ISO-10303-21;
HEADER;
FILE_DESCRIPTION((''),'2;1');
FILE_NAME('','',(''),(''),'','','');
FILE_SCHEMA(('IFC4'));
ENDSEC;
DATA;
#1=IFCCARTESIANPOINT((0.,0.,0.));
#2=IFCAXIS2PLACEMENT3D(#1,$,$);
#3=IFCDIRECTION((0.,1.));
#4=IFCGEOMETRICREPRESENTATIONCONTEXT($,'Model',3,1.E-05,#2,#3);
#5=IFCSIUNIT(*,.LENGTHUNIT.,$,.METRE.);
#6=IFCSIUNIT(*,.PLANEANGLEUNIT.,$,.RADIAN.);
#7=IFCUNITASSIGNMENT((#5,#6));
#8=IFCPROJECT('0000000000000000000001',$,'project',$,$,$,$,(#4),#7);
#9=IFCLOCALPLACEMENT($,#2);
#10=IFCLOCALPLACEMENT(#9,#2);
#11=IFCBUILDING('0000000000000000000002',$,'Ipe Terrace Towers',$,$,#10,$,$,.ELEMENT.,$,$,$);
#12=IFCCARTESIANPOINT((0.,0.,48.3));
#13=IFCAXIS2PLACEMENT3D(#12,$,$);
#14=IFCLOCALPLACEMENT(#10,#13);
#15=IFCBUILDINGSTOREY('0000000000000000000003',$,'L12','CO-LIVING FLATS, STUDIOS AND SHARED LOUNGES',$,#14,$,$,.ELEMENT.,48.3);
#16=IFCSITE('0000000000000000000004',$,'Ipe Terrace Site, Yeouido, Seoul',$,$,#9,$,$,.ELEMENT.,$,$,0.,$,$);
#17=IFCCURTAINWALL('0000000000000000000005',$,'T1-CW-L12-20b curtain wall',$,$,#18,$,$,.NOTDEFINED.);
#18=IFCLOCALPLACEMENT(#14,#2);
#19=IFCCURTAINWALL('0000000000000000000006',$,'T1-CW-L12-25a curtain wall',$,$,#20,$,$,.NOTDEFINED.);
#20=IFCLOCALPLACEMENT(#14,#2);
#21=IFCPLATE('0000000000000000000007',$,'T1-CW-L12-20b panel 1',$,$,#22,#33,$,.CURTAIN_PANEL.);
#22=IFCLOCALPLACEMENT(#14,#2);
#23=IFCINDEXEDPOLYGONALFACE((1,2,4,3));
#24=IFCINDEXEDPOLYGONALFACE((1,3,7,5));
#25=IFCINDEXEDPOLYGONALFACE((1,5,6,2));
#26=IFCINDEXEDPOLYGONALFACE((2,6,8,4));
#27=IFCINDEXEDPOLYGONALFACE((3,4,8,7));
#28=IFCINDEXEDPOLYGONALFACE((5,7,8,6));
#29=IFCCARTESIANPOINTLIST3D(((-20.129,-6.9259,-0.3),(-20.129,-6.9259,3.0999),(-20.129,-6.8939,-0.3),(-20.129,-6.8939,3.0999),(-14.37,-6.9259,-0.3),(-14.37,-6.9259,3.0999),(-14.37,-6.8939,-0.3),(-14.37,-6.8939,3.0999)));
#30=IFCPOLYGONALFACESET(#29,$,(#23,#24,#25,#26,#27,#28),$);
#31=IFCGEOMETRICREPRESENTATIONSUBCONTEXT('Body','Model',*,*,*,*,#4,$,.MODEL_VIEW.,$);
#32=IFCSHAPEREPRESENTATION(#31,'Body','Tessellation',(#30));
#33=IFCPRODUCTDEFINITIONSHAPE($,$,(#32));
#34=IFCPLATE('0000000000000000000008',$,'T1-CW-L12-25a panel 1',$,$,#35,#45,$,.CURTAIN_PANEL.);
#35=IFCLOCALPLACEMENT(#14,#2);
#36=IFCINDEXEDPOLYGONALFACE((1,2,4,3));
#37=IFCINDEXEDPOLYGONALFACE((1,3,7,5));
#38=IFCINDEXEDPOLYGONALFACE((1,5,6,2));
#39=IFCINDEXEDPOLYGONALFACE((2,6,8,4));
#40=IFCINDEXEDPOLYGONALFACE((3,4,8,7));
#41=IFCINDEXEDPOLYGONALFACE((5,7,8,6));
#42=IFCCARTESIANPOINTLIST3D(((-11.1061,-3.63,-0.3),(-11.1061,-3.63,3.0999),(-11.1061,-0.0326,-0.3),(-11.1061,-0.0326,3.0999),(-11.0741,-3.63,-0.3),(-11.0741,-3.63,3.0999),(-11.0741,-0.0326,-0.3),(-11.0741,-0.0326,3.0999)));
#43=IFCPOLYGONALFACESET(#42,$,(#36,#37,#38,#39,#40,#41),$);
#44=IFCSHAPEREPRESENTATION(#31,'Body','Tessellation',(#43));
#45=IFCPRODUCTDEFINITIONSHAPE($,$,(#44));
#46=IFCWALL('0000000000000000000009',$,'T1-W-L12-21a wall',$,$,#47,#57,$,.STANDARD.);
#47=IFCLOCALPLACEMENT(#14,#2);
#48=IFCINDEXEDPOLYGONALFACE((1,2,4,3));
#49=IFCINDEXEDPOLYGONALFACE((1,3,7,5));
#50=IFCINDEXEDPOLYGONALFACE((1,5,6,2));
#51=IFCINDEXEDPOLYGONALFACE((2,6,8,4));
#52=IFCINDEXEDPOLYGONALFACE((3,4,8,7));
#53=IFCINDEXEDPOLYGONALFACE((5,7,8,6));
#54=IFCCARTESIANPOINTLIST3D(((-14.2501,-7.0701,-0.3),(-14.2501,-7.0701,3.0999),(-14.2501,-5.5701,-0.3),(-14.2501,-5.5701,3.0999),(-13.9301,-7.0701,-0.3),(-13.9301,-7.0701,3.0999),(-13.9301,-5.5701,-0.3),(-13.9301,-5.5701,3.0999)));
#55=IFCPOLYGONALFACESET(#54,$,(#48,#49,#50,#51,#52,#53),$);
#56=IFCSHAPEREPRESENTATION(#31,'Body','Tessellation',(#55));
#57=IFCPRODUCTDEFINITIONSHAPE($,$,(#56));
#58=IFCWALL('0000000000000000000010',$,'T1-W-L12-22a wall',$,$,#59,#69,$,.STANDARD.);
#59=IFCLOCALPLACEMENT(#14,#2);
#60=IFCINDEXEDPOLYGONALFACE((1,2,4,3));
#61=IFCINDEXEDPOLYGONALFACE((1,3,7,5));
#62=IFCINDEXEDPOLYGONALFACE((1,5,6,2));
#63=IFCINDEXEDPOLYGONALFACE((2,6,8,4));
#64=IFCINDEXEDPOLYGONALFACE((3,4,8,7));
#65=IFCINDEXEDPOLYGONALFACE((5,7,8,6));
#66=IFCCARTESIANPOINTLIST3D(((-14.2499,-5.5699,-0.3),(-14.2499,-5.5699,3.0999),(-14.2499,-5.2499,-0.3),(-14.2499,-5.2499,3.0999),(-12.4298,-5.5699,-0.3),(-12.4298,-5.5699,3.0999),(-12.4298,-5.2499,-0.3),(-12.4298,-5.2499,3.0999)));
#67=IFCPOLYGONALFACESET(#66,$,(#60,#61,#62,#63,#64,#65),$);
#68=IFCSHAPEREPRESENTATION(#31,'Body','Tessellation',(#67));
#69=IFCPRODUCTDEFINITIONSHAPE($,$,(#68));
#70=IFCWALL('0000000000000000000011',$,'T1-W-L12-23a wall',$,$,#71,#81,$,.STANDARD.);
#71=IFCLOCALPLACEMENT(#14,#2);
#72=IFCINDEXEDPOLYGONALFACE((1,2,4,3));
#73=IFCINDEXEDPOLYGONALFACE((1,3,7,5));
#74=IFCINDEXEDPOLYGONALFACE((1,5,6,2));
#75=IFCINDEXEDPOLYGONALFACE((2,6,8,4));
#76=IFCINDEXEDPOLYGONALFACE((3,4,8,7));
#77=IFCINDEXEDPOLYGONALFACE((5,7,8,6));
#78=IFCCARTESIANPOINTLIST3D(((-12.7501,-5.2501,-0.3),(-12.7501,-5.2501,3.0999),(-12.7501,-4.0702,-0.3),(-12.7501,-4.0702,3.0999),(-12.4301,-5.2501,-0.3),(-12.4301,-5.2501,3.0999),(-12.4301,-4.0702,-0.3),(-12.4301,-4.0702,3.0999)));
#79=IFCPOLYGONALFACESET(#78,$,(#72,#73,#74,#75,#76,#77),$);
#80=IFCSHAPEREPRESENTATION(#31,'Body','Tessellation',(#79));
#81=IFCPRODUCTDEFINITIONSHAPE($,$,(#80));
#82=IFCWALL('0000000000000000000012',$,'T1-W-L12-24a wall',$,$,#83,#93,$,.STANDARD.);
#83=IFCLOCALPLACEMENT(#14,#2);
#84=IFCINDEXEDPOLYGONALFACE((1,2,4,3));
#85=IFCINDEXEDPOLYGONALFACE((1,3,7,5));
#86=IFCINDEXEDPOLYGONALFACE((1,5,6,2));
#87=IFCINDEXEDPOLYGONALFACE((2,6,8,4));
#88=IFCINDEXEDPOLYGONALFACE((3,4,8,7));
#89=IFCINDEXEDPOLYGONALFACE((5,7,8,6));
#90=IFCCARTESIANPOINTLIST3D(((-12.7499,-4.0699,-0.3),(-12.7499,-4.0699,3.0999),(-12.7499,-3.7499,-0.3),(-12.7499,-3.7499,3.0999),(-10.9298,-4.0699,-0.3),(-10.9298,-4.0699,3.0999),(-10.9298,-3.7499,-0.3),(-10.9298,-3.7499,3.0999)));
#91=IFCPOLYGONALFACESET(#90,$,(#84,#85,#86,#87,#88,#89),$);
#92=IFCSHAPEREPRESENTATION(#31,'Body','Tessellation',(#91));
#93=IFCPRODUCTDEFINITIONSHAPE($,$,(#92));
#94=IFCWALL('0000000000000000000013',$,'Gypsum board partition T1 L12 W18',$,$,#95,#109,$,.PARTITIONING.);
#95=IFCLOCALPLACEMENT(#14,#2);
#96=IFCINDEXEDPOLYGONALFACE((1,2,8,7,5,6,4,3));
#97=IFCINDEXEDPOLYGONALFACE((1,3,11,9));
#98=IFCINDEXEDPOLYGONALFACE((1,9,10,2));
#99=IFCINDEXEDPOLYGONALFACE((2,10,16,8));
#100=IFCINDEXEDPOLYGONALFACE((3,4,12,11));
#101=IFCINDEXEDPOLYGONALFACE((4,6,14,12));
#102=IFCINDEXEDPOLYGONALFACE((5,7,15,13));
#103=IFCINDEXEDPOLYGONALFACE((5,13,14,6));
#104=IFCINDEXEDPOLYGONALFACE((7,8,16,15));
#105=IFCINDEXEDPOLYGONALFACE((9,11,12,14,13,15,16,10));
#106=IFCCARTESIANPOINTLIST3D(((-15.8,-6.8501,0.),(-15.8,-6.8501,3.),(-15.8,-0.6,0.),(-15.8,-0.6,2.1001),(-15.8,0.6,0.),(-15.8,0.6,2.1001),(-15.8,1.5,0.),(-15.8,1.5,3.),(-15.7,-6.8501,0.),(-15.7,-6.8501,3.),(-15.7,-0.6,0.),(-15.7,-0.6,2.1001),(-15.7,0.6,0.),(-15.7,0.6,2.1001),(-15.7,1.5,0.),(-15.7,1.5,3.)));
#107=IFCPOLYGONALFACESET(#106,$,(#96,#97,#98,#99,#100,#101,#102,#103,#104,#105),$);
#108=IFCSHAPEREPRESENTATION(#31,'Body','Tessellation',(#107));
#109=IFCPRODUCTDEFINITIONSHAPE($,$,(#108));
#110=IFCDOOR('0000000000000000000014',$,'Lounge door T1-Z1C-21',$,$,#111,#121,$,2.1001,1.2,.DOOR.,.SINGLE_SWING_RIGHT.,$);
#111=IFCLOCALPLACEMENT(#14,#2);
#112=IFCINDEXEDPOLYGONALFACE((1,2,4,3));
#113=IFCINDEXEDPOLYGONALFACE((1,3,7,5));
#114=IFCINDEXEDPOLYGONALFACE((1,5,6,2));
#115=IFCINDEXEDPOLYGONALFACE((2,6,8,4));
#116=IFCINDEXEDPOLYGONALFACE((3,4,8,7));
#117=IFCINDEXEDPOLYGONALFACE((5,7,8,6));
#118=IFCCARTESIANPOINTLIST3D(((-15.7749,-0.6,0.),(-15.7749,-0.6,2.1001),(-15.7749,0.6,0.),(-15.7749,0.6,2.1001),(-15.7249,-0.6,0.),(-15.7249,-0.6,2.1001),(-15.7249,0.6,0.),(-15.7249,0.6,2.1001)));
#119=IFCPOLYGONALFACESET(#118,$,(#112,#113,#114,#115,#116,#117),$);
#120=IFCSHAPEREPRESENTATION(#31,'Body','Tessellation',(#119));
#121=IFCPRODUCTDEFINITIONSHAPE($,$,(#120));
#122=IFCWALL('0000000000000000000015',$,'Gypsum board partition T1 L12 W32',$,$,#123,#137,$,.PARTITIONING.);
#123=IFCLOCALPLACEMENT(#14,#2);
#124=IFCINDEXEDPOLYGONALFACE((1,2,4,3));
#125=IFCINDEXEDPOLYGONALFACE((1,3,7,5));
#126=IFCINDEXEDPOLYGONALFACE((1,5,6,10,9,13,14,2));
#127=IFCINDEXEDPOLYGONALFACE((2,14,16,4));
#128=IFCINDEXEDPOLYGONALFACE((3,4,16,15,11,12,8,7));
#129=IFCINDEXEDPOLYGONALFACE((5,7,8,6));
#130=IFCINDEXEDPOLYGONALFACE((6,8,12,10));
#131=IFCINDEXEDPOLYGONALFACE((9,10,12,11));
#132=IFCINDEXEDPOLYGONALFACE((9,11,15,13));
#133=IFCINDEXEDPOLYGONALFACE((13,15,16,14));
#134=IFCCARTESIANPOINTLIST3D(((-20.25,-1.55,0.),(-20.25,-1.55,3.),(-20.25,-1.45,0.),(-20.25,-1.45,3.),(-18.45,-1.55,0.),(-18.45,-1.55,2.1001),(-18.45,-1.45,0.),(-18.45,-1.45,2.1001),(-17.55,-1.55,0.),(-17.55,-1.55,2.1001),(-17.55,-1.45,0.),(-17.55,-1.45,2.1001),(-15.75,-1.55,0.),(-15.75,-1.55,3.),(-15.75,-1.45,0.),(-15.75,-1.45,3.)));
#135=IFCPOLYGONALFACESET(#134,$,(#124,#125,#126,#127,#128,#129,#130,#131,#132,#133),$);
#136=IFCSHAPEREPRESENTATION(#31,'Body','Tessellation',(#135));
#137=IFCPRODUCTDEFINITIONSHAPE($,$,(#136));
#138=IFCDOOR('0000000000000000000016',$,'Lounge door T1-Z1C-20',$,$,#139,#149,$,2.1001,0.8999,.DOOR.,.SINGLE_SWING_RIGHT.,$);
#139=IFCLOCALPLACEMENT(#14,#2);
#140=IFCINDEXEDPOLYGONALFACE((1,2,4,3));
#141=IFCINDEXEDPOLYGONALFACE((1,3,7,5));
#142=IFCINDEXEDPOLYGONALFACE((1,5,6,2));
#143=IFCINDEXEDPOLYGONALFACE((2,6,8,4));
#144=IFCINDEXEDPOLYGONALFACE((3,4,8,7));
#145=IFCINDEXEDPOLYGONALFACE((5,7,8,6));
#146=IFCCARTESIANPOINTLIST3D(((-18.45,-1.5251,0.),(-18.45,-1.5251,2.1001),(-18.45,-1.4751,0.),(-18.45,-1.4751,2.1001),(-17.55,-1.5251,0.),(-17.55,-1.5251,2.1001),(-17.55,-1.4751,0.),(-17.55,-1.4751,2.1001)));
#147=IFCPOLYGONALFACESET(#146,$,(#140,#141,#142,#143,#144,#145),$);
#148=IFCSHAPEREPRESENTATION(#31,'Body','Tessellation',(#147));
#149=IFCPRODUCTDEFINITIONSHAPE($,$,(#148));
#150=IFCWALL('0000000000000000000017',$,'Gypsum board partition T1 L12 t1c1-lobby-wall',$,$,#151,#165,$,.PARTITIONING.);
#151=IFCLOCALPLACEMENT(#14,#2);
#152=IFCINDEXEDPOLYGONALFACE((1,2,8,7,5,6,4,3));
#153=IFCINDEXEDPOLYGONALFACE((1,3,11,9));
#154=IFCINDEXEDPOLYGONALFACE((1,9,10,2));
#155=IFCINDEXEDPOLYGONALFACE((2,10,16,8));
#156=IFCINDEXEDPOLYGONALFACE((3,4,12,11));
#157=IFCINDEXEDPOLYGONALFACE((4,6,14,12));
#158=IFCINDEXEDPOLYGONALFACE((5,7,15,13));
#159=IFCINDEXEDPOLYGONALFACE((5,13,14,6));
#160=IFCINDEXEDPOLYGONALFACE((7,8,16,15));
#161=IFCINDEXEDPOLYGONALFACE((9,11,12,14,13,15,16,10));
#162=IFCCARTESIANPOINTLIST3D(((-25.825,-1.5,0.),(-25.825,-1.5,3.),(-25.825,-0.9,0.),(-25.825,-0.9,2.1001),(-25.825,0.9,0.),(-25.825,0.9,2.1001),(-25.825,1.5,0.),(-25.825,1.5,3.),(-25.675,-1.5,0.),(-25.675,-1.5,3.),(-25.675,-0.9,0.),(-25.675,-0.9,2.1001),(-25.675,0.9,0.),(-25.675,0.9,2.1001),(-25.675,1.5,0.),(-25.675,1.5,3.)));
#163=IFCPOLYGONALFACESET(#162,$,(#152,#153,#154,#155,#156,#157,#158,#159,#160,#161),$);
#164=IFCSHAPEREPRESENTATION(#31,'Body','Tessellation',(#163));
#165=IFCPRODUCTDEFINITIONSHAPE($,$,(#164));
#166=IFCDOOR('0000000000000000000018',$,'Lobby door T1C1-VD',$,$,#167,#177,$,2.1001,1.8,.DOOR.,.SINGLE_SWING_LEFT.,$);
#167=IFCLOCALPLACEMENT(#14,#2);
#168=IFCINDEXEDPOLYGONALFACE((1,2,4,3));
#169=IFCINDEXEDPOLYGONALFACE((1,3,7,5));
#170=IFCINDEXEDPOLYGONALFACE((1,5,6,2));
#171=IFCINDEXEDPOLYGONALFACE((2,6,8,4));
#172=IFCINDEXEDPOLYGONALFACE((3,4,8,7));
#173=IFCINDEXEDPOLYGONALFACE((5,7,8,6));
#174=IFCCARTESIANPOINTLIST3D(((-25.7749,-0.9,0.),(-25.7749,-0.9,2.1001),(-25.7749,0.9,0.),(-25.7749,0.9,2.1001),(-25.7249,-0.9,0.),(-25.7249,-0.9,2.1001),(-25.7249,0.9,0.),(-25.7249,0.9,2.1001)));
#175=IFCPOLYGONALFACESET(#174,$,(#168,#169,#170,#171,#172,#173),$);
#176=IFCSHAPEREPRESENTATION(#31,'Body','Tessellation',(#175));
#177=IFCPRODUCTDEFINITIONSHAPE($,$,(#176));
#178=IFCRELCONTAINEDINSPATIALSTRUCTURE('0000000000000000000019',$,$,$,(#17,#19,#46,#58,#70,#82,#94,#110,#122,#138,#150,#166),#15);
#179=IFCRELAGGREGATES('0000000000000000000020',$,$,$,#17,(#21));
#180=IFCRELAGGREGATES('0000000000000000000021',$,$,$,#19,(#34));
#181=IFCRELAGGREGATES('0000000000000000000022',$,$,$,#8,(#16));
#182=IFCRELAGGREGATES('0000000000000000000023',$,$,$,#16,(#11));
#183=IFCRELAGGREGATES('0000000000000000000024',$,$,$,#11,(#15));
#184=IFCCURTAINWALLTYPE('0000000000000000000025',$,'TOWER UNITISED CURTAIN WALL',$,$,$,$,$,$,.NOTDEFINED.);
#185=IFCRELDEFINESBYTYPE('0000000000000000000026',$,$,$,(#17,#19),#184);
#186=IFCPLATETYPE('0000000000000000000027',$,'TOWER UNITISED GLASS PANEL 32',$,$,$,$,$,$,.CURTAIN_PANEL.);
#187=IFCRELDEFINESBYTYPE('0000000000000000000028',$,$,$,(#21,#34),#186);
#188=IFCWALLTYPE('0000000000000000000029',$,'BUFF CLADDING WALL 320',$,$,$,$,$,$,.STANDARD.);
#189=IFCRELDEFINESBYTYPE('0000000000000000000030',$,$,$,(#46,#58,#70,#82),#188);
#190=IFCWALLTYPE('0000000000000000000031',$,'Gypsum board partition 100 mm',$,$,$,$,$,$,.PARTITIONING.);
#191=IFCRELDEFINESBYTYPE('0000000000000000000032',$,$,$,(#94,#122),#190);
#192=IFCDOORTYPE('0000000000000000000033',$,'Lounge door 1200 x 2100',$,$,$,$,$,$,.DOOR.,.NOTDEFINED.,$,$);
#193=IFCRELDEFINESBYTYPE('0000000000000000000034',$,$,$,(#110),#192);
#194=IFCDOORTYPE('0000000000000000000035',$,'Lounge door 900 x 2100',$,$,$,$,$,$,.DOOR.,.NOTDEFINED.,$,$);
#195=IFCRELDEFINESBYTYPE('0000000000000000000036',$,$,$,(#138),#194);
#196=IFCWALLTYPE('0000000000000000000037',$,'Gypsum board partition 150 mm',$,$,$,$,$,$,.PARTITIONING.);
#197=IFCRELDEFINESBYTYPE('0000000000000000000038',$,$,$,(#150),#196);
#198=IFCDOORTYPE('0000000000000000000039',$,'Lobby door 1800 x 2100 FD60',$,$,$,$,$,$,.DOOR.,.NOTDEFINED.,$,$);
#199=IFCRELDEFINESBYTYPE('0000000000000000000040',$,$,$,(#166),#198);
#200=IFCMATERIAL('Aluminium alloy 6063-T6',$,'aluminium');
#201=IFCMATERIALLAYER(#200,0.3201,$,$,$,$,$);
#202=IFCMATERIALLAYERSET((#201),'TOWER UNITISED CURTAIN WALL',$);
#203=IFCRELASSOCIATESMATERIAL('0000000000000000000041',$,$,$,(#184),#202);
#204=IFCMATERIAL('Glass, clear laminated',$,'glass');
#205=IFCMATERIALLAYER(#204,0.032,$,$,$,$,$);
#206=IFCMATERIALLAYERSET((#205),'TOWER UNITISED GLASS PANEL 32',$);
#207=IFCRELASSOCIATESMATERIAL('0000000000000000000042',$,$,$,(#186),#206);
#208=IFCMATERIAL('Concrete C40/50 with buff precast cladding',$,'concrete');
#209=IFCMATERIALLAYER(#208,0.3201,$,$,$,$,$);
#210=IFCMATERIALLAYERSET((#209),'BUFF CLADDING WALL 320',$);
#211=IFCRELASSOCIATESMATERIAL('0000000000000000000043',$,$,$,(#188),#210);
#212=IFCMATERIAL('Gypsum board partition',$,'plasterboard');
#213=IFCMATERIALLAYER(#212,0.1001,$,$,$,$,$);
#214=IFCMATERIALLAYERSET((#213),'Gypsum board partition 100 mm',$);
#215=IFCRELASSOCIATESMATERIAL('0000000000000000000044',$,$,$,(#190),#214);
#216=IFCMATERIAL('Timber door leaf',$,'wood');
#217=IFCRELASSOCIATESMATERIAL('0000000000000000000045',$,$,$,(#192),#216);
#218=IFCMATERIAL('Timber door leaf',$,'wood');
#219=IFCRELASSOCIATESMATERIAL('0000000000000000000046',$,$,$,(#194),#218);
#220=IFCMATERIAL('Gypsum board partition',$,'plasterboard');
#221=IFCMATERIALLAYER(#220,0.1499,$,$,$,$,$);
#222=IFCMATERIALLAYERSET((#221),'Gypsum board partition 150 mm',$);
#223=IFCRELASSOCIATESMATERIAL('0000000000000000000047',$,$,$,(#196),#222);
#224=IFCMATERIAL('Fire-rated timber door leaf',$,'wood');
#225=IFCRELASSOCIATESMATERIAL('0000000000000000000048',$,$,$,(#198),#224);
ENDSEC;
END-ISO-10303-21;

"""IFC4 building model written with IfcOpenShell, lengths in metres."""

from ifc_helpers import new_model, si_unit, direction, frame, frame_2d, origin, origin_2d, place, context, subcontext, project, spatial, rectangle, extrude, material, layer, layer_set, type_object, element, fill, aggregate, save


model = new_model("IFC4")

# Units and contexts
model_context = context("Model", 3, precision=1e-05, world=origin(), true_north=direction((0.0, 1.0)))
body_context = subcontext(model_context, "Body", "Model", "MODEL_VIEW")
ifc_project = project(units=[si_unit("LENGTHUNIT", "METRE"), si_unit("PLANEANGLEUNIT", "RADIAN")], contexts=[model_context])

# Site, building, storey
site_placement = place(None, origin())
site = spatial("IfcSite", under=ifc_project, at=site_placement, Name="Ipe Terrace Site, Yeouido, Seoul", CompositionType="ELEMENT", RefElevation=0.0)
building_placement = place(site_placement, origin())
building = spatial("IfcBuilding", under=site, at=building_placement, Name="Ipe Terrace Towers", CompositionType="ELEMENT")
storey_placement = place(building_placement, frame((0.0, 0.0, 48.3)))
storey = spatial("IfcBuildingStorey", under=building, at=storey_placement, Name="L12", Description="CO-LIVING FLATS, STUDIOS AND SHARED LOUNGES", CompositionType="ELEMENT", Elevation=48.3)

# Curtain walls
ifc_material_1 = material(Name="Aluminium alloy 6063-T6", Category="aluminium")
ifc_layer_1 = layer(ifc_material_1, 0.3201)
ifc_layer_set_1 = layer_set([ifc_layer_1], Name="TOWER UNITISED CURTAIN WALL")
curtain_wall_type = type_object("IfcCurtainWallType", Name="TOWER UNITISED CURTAIN WALL", PredefinedType="NOTDEFINED", material=ifc_layer_set_1)
curtain_wall_1_placement = place(storey_placement, origin())
curtain_wall_1 = element("IfcCurtainWall", 1, at=curtain_wall_1_placement, inside=storey, type_object=curtain_wall_type, Name="T1-CW-L12-20b curtain wall", PredefinedType="NOTDEFINED")
curtain_wall_2_placement = place(storey_placement, origin())
curtain_wall_2 = element("IfcCurtainWall", 2, at=curtain_wall_2_placement, inside=storey, type_object=curtain_wall_type, Name="T1-CW-L12-25a curtain wall", PredefinedType="NOTDEFINED")

# Plates
ifc_material_2 = material(Name="Glass, clear laminated", Category="glass")
ifc_layer_2 = layer(ifc_material_2, 0.032)
ifc_layer_set_2 = layer_set([ifc_layer_2], Name="TOWER UNITISED GLASS PANEL 32")
plate_type = type_object("IfcPlateType", Name="TOWER UNITISED GLASS PANEL 32", PredefinedType="CURTAIN_PANEL", material=ifc_layer_set_2)
plate_1_placement = place(storey_placement, frame((-17.2495, -6.9099, -0.3), z_axis=(0.0, 0.0, 1.0), x_axis=(1.0, 0.0, 0.0)))
plate_1 = element("IfcPlate", 3, at=plate_1_placement, type_object=plate_type, Name="T1-CW-L12-20b panel 1", PredefinedType="CURTAIN_PANEL", context=body_context, shape_type="SweptSolid", body=[
    extrude(rectangle(XDim=5.759, YDim=0.032, at=origin_2d()), origin(), (0.0, 0.0, 1.0), 3.3999),
])
aggregate(curtain_wall_1, [plate_1])
plate_2_placement = place(storey_placement, frame((-11.0901, -1.8313, -0.3), z_axis=(0.0, 0.0, 1.0), x_axis=(0.0, 1.0, 0.0)))
plate_2 = element("IfcPlate", 4, at=plate_2_placement, type_object=plate_type, Name="T1-CW-L12-25a panel 1", PredefinedType="CURTAIN_PANEL", context=body_context, shape_type="SweptSolid", body=[
    extrude(rectangle(XDim=3.5974, YDim=0.032, at=origin_2d()), origin(), (0.0, 0.0, 1.0), 3.3999),
])
aggregate(curtain_wall_2, [plate_2])

# Walls
ifc_material_3 = material(Name="Concrete C40/50 with buff precast cladding", Category="concrete")
ifc_layer_3 = layer(ifc_material_3, 0.3201)
ifc_layer_set_3 = layer_set([ifc_layer_3], Name="BUFF CLADDING WALL 320")
wall_type_1 = type_object("IfcWallType", Name="BUFF CLADDING WALL 320", PredefinedType="STANDARD", material=ifc_layer_set_3)
wall_1_placement = place(storey_placement, frame((-14.0901, -7.0701, -0.3), z_axis=(0.0, 0.0, 1.0), x_axis=(0.0, 1.0, 0.0)))
element("IfcWall", 5, at=wall_1_placement, inside=storey, type_object=wall_type_1, Name="T1-W-L12-21a wall", PredefinedType="STANDARD", context=body_context, shape_type="SweptSolid", body=[
    extrude(rectangle(XDim=1.5, YDim=0.3201, at=frame_2d((0.75, 0.0))), origin(), (0.0, 0.0, 1.0), 3.3999),
])
wall_2_placement = place(storey_placement, frame((-14.25, -5.4099, -0.3), z_axis=(0.0, 0.0, 1.0), x_axis=(1.0, 0.0, 0.0)))
element("IfcWall", 6, at=wall_2_placement, inside=storey, type_object=wall_type_1, Name="T1-W-L12-22a wall", PredefinedType="STANDARD", context=body_context, shape_type="SweptSolid", body=[
    extrude(rectangle(XDim=1.8201, YDim=0.3201, at=frame_2d((0.9102, 0.0))), origin(), (0.0, 0.0, 1.0), 3.3999),
])
wall_3_placement = place(storey_placement, frame((-12.5901, -5.25, -0.3), z_axis=(0.0, 0.0, 1.0), x_axis=(0.0, 1.0, 0.0)))
element("IfcWall", 7, at=wall_3_placement, inside=storey, type_object=wall_type_1, Name="T1-W-L12-23a wall", PredefinedType="STANDARD", context=body_context, shape_type="SweptSolid", body=[
    extrude(rectangle(XDim=1.1799, YDim=0.3201, at=frame_2d((0.5898, 0.0))), origin(), (0.0, 0.0, 1.0), 3.3999),
])
wall_4_placement = place(storey_placement, frame((-12.75, -3.9099, -0.3), z_axis=(0.0, 0.0, 1.0), x_axis=(1.0, 0.0, 0.0)))
element("IfcWall", 8, at=wall_4_placement, inside=storey, type_object=wall_type_1, Name="T1-W-L12-24a wall", PredefinedType="STANDARD", context=body_context, shape_type="SweptSolid", body=[
    extrude(rectangle(XDim=1.8201, YDim=0.3201, at=frame_2d((0.9102, 0.0))), origin(), (0.0, 0.0, 1.0), 3.3999),
])

# Walls, openings, doors
ifc_material_4 = material(Name="Gypsum board partition", Category="plasterboard")
ifc_layer_4 = layer(ifc_material_4, 0.1001)
ifc_layer_set_4 = layer_set([ifc_layer_4], Name="Gypsum board partition 100 mm")
wall_type_2 = type_object("IfcWallType", Name="Gypsum board partition 100 mm", PredefinedType="PARTITIONING", material=ifc_layer_set_4)
wall_5_placement = place(storey_placement, frame((-15.75, -6.8501, 0.0), z_axis=(0.0, 0.0, 1.0), x_axis=(0.0, 1.0, 0.0)))
wall_5 = element("IfcWall", 9, at=wall_5_placement, inside=storey, type_object=wall_type_2, Name="Gypsum board partition T1 L12 W18", PredefinedType="PARTITIONING", context=body_context, shape_type="SweptSolid", body=[
    extrude(rectangle(XDim=8.3501, YDim=0.1001, at=frame_2d((4.175, 0.0))), origin(), (0.0, 0.0, 1.0), 3.0),
])
opening_1_placement = place(wall_5_placement, frame((6.25, 0.0, 0.0)))
opening_1 = element("IfcOpeningElement", 10, at=opening_1_placement, cuts=wall_5, PredefinedType="OPENING", context=body_context, shape_type="SweptSolid", body=[
    extrude(rectangle(XDim=1.2, YDim=2.1001, at=frame_2d((0.6001, 1.05))), frame((0.0, 0.0601, 0.0), z_axis=(0.0, -1.0, 0.0), x_axis=(1.0, 0.0, 0.0)), (0.0, 0.0, 1.0), 0.1201),
])
ifc_material_5 = material(Name="Timber door leaf", Category="wood")
door_type_1 = type_object("IfcDoorType", Name="Lounge door 1200 x 2100", OperationType="NOTDEFINED", PredefinedType="DOOR", material=ifc_material_5)
door_1_placement = place(opening_1_placement, origin())
door_1 = element("IfcDoor", 11, at=door_1_placement, inside=storey, type_object=door_type_1, Name="Lounge door T1-Z1C-21", OperationType="SINGLE_SWING_RIGHT", OverallHeight=2.1001, OverallWidth=1.2, PredefinedType="DOOR", context=body_context, shape_type="SweptSolid", body=[
    extrude(rectangle(XDim=1.2, YDim=2.1001, at=frame_2d((0.6001, 1.05))), frame((0.0, 0.0249, 0.0), z_axis=(0.0, -1.0, 0.0), x_axis=(1.0, 0.0, 0.0)), (0.0, 0.0, 1.0), 0.05),
])
fill(opening_1, door_1)
wall_6_placement = place(storey_placement, frame((-20.25, -1.5, 0.0), z_axis=(0.0, 0.0, 1.0), x_axis=(1.0, 0.0, 0.0)))
wall_6 = element("IfcWall", 12, at=wall_6_placement, inside=storey, type_object=wall_type_2, Name="Gypsum board partition T1 L12 W32", PredefinedType="PARTITIONING", context=body_context, shape_type="SweptSolid", body=[
    extrude(rectangle(XDim=4.5, YDim=0.1001, at=frame_2d((2.25, 0.0))), origin(), (0.0, 0.0, 1.0), 3.0),
])
opening_2_placement = place(wall_6_placement, frame((1.8, 0.0, 0.0)))
opening_2 = element("IfcOpeningElement", 13, at=opening_2_placement, cuts=wall_6, PredefinedType="OPENING", context=body_context, shape_type="SweptSolid", body=[
    extrude(rectangle(XDim=0.8999, YDim=2.1001, at=frame_2d((0.45, 1.05))), frame((0.0, 0.0601, 0.0), z_axis=(0.0, -1.0, 0.0), x_axis=(1.0, 0.0, 0.0)), (0.0, 0.0, 1.0), 0.1201),
])
ifc_material_6 = material(Name="Timber door leaf", Category="wood")
door_type_2 = type_object("IfcDoorType", Name="Lounge door 900 x 2100", OperationType="NOTDEFINED", PredefinedType="DOOR", material=ifc_material_6)
door_2_placement = place(opening_2_placement, origin())
door_2 = element("IfcDoor", 14, at=door_2_placement, inside=storey, type_object=door_type_2, Name="Lounge door T1-Z1C-20", OperationType="SINGLE_SWING_RIGHT", OverallHeight=2.1001, OverallWidth=0.8999, PredefinedType="DOOR", context=body_context, shape_type="SweptSolid", body=[
    extrude(rectangle(XDim=0.8999, YDim=2.1001, at=frame_2d((0.45, 1.05))), frame((0.0, 0.0249, 0.0), z_axis=(0.0, -1.0, 0.0), x_axis=(1.0, 0.0, 0.0)), (0.0, 0.0, 1.0), 0.05),
])
fill(opening_2, door_2)
ifc_material_7 = material(Name="Gypsum board partition", Category="plasterboard")
ifc_layer_5 = layer(ifc_material_7, 0.1499)
ifc_layer_set_5 = layer_set([ifc_layer_5], Name="Gypsum board partition 150 mm")
wall_type_3 = type_object("IfcWallType", Name="Gypsum board partition 150 mm", PredefinedType="PARTITIONING", material=ifc_layer_set_5)
wall_7_placement = place(storey_placement, frame((-25.75, -1.5, 0.0), z_axis=(0.0, 0.0, 1.0), x_axis=(0.0, 1.0, 0.0)))
wall_7 = element("IfcWall", 15, at=wall_7_placement, inside=storey, type_object=wall_type_3, Name="Gypsum board partition T1 L12 t1c1-lobby-wall", PredefinedType="PARTITIONING", context=body_context, shape_type="SweptSolid", body=[
    extrude(rectangle(XDim=3.0, YDim=0.1499, at=frame_2d((1.5, 0.0))), origin(), (0.0, 0.0, 1.0), 3.0),
])
opening_3_placement = place(wall_7_placement, frame((0.6001, 0.0, 0.0)))
opening_3 = element("IfcOpeningElement", 16, at=opening_3_placement, cuts=wall_7, PredefinedType="OPENING", context=body_context, shape_type="SweptSolid", body=[
    extrude(rectangle(XDim=1.8, YDim=2.1001, at=frame_2d((0.8999, 1.05))), frame((0.0, 0.085, 0.0), z_axis=(0.0, -1.0, 0.0), x_axis=(1.0, 0.0, 0.0)), (0.0, 0.0, 1.0), 0.1699),
])
ifc_material_8 = material(Name="Fire-rated timber door leaf", Category="wood")
door_type_3 = type_object("IfcDoorType", Name="Lobby door 1800 x 2100 FD60", OperationType="NOTDEFINED", PredefinedType="DOOR", material=ifc_material_8)
door_3_placement = place(opening_3_placement, origin())
door_3 = element("IfcDoor", 17, at=door_3_placement, inside=storey, type_object=door_type_3, Name="Lobby door T1C1-VD", OperationType="SINGLE_SWING_LEFT", OverallHeight=2.1001, OverallWidth=1.8, PredefinedType="DOOR", context=body_context, shape_type="SweptSolid", body=[
    extrude(rectangle(XDim=1.8, YDim=2.1001, at=frame_2d((0.8999, 1.05))), frame((0.0, 0.0249, 0.0), z_axis=(0.0, -1.0, 0.0), x_axis=(1.0, 0.0, 0.0)), (0.0, 0.0, 1.0), 0.05),
])
fill(opening_3, door_3)

save(model, "model.ifc")
